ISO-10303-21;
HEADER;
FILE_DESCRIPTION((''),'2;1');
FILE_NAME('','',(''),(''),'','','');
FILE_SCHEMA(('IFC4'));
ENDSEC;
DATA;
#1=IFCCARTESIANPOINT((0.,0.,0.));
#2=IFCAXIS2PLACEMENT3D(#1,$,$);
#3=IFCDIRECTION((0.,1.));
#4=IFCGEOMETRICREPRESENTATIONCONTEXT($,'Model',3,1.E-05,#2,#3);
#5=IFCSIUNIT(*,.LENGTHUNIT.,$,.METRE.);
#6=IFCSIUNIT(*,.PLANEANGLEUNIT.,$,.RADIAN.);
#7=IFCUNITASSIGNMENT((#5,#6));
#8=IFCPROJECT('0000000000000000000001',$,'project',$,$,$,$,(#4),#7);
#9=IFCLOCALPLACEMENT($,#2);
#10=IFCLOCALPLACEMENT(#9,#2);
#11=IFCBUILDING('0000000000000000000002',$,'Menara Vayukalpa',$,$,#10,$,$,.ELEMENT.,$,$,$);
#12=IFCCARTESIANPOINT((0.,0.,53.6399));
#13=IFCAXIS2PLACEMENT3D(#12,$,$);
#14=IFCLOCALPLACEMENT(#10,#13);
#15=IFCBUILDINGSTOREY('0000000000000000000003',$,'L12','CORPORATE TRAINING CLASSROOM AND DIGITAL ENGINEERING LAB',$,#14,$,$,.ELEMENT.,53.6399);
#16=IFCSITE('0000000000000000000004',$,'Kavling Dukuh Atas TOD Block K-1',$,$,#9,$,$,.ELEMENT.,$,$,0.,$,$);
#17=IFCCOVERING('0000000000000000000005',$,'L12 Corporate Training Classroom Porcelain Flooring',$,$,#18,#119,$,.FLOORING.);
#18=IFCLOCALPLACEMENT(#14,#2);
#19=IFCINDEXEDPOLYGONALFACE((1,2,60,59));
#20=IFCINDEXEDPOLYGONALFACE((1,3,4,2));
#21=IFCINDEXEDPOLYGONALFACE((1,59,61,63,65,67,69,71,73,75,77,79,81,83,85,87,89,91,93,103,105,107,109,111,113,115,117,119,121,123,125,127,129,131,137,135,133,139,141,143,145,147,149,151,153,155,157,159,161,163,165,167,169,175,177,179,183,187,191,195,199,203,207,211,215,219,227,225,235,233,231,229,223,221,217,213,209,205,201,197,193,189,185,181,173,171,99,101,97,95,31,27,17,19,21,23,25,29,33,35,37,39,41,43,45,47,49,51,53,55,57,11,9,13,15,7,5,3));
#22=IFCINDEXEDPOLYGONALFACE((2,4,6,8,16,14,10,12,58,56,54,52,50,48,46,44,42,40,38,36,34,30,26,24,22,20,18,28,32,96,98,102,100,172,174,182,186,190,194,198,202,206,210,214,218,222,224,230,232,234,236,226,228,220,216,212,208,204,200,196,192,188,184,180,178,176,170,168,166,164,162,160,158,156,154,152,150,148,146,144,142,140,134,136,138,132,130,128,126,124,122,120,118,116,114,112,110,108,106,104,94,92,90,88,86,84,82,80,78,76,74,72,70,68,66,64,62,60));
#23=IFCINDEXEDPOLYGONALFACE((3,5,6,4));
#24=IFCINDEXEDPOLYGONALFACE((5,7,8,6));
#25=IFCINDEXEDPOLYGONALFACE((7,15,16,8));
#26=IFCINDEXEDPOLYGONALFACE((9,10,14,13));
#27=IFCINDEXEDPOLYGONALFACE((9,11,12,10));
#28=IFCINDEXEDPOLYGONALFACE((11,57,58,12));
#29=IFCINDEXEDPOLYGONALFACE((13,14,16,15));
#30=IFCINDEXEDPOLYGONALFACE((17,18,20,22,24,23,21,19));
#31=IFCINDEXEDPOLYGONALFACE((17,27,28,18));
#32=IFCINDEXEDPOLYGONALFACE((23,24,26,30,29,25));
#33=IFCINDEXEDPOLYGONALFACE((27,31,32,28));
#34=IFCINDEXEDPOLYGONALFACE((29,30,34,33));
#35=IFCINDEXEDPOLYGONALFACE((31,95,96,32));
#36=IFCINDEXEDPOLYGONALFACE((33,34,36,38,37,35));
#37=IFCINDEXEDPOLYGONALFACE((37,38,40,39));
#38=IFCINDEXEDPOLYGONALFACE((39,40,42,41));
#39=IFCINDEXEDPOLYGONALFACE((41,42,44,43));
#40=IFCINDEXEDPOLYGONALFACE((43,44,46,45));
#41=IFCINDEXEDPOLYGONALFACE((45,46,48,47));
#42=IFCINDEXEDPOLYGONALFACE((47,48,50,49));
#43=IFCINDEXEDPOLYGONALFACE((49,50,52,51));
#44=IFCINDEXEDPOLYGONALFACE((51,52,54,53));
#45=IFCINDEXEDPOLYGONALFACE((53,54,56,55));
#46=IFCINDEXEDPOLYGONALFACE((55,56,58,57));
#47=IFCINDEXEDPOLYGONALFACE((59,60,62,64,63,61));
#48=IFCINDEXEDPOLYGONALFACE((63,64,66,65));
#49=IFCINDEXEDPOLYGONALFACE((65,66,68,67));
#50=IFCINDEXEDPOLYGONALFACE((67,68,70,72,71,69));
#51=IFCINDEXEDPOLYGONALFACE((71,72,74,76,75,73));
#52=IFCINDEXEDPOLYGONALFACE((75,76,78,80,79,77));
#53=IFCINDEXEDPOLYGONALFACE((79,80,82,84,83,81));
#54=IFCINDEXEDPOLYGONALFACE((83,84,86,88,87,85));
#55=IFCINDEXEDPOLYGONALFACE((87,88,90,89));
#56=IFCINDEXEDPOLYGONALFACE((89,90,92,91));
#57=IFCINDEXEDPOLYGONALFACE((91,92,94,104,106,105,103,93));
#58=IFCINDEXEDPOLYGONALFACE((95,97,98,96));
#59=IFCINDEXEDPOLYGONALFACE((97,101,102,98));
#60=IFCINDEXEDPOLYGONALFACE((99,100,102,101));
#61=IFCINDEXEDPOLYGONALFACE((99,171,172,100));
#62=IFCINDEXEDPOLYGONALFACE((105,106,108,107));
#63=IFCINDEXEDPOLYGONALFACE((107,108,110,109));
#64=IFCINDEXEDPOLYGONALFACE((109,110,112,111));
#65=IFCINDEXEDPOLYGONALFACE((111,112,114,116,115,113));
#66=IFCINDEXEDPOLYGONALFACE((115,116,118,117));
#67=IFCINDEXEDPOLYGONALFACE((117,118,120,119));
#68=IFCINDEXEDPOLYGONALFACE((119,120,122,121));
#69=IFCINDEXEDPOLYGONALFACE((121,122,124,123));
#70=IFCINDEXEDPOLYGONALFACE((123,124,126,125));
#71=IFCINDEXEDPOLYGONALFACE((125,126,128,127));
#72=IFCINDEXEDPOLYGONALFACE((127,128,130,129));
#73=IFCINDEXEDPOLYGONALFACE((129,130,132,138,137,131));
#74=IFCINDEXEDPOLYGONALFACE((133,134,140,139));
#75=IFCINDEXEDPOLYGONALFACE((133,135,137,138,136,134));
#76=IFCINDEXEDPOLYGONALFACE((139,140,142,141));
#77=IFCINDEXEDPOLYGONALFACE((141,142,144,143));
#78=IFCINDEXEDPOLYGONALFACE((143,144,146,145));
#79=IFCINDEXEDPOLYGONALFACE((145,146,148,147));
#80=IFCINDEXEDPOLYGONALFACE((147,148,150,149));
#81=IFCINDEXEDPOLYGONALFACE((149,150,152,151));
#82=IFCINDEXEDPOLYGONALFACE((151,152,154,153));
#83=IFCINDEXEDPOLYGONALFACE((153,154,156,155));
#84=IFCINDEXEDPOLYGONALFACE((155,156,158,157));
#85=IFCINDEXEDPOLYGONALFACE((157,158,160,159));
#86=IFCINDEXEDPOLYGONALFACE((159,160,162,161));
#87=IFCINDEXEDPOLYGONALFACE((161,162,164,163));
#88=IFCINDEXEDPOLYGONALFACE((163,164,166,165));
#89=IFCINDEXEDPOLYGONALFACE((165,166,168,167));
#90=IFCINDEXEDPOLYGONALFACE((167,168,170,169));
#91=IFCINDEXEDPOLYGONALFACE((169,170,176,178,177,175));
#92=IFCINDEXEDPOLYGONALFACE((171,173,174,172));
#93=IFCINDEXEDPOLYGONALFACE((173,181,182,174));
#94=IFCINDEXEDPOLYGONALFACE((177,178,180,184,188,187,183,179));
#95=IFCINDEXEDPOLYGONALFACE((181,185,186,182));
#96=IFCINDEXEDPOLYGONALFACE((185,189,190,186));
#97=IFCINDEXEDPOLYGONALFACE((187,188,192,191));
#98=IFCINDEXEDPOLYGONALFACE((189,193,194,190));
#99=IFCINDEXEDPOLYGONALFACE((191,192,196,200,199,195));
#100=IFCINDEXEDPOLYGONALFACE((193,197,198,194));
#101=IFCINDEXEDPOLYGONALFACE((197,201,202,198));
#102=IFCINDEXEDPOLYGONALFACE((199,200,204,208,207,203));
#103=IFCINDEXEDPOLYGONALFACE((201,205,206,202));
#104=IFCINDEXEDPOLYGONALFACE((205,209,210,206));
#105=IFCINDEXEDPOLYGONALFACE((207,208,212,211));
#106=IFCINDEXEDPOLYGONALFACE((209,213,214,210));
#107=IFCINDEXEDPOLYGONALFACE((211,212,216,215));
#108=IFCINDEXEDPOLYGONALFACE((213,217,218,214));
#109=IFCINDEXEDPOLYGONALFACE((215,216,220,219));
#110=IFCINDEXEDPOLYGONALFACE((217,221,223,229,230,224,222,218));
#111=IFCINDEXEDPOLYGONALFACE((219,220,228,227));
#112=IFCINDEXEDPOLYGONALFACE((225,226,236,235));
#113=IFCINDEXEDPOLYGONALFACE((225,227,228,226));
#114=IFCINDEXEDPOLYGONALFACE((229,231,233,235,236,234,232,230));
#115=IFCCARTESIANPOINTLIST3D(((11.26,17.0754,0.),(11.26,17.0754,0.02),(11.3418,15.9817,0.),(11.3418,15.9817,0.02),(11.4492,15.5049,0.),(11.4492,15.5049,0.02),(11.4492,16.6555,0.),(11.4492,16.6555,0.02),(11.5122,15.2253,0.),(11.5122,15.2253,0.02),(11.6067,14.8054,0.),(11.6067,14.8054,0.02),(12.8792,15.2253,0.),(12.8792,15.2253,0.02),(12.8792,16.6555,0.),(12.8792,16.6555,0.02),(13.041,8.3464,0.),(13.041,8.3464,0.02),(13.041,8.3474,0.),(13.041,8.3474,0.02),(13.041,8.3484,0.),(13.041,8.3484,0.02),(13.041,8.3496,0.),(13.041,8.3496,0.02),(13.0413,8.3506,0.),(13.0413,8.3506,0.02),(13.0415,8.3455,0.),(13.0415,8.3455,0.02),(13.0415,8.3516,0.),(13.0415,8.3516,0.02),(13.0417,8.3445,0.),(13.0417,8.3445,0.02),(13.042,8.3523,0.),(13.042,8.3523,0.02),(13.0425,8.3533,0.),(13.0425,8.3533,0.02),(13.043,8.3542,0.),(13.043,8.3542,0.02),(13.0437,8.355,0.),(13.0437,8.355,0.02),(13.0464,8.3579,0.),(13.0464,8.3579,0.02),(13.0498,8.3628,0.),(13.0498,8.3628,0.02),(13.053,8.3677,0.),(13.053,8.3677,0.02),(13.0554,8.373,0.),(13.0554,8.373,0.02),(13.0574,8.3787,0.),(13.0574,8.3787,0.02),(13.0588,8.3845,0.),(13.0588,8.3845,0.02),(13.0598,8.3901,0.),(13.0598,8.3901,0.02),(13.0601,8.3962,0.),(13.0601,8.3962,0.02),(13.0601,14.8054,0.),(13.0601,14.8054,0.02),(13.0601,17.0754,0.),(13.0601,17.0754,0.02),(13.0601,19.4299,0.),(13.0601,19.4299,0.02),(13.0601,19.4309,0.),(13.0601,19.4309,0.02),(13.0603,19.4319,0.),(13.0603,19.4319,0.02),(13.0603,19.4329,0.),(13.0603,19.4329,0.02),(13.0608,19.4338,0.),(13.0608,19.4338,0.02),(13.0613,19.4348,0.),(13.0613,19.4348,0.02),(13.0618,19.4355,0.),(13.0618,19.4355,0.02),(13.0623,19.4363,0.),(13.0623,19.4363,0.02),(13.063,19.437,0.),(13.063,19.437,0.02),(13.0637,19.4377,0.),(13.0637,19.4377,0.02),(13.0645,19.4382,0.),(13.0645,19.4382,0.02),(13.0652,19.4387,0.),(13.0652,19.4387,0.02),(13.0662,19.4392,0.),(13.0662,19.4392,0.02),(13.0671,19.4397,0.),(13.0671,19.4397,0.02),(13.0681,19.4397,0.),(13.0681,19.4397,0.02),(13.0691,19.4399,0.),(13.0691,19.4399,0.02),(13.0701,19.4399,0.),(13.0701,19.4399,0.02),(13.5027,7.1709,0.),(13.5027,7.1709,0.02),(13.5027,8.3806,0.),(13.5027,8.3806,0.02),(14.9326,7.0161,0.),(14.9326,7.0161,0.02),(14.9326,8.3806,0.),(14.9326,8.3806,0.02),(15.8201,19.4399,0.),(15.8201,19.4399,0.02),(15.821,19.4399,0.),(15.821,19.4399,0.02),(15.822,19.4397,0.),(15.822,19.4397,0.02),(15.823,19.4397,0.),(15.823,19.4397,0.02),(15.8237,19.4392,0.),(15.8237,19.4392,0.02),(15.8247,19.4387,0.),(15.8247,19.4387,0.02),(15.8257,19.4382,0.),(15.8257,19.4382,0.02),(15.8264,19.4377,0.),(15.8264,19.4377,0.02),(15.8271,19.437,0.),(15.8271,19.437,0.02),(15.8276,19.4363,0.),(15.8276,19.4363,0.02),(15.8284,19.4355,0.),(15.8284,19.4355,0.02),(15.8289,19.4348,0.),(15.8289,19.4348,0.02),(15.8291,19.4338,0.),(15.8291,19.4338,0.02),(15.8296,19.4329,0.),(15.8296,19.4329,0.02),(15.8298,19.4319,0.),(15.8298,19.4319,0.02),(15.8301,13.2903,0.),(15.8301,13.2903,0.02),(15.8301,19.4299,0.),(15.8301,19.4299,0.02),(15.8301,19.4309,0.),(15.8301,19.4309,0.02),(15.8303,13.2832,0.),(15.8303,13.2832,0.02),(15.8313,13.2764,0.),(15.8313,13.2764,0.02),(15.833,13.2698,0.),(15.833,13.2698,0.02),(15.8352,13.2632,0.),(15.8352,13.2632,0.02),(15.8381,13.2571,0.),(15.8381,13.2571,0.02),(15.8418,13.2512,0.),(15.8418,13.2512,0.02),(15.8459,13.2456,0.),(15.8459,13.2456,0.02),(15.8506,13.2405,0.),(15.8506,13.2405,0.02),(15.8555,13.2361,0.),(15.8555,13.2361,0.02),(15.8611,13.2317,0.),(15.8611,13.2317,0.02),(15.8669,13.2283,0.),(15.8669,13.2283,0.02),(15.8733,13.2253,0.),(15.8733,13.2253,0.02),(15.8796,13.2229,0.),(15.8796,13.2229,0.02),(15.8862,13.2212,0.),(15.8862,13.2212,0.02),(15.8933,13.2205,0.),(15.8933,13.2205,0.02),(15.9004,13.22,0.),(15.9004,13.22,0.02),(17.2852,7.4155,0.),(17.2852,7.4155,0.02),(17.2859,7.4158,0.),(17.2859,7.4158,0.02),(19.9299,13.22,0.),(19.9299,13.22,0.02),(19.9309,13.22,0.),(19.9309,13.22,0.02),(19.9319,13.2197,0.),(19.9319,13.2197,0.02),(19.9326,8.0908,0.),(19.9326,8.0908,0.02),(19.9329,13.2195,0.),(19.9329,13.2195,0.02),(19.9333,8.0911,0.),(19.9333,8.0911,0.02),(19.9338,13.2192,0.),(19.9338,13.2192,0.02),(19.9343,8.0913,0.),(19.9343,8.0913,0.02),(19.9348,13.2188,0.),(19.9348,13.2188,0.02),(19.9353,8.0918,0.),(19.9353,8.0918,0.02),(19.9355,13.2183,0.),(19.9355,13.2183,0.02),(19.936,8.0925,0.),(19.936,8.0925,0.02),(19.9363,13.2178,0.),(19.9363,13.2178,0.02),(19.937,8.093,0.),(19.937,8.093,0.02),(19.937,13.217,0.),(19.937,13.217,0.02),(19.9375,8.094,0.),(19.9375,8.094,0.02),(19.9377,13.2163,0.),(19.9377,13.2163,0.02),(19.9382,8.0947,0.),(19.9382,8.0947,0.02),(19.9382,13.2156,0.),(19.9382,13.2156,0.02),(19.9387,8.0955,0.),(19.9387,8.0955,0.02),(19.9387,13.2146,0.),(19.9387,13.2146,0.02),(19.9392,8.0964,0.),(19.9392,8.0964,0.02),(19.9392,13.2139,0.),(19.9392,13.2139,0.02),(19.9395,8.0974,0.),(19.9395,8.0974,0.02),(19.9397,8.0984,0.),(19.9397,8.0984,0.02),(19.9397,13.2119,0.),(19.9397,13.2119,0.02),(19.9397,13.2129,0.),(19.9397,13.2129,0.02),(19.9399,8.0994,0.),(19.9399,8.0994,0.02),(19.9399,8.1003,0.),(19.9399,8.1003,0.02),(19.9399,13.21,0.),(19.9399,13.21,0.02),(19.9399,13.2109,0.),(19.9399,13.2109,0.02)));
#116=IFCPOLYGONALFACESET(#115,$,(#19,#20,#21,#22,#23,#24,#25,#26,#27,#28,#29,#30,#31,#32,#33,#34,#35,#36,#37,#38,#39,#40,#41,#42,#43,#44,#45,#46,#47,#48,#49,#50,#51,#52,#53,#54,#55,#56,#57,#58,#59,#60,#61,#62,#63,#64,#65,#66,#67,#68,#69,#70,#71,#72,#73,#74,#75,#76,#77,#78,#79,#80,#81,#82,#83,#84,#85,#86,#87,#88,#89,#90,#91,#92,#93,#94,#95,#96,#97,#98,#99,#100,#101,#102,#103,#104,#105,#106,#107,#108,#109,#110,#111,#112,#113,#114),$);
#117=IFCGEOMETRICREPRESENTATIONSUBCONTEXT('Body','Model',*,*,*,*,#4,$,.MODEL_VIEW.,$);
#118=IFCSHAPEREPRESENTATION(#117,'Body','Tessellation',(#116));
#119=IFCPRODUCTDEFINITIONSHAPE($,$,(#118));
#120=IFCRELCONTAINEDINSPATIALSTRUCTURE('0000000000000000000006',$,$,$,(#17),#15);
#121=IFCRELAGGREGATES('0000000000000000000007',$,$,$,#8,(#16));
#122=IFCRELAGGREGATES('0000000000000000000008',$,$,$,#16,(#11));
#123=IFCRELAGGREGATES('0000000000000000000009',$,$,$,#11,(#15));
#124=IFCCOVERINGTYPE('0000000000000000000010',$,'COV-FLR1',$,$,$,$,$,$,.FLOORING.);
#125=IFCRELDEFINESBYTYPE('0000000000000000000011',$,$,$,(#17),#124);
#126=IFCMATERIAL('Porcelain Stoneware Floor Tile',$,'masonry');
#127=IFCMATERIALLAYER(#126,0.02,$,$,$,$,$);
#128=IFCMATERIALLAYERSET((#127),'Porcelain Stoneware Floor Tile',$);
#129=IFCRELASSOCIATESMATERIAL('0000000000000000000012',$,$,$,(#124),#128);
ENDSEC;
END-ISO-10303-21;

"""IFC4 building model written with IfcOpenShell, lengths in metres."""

from ifc_helpers import new_model, si_unit, direction, frame, origin, place, context, subcontext, project, spatial, polyline, outline, extrude, material, layer, layer_set, type_object, element, save


model = new_model("IFC4")

# Units and contexts
model_context = context("Model", 3, precision=1e-05, world=origin(), true_north=direction((0.0, 1.0)))
body_context = subcontext(model_context, "Body", "Model", "MODEL_VIEW")
ifc_project = project(units=[si_unit("LENGTHUNIT", "METRE"), si_unit("PLANEANGLEUNIT", "RADIAN")], contexts=[model_context])

# Site, building, storey
site_placement = place(None, origin())
site = spatial("IfcSite", under=ifc_project, at=site_placement, Name="Kavling Dukuh Atas TOD Block K-1", CompositionType="ELEMENT", RefElevation=0.0)
building_placement = place(site_placement, origin())
building = spatial("IfcBuilding", under=site, at=building_placement, Name="Menara Vayukalpa", CompositionType="ELEMENT")
storey_placement = place(building_placement, frame((0.0, 0.0, 53.6399)))
storey = spatial("IfcBuildingStorey", under=building, at=storey_placement, Name="L12", Description="CORPORATE TRAINING CLASSROOM AND DIGITAL ENGINEERING LAB", CompositionType="ELEMENT", Elevation=53.6399)

# Covering
ifc_material_1 = material(Name="Porcelain Stoneware Floor Tile", Category="masonry")
ifc_layer_1 = layer(ifc_material_1, 0.02)
ifc_layer_set_1 = layer_set([ifc_layer_1], Name="Porcelain Stoneware Floor Tile")
covering_type_1 = type_object("IfcCoveringType", Name="COV-FLR1", PredefinedType="FLOORING", material=ifc_layer_set_1)
covering_1_placement = place(storey_placement, origin())
element("IfcCovering", 1, at=covering_1_placement, inside=storey, type_object=covering_type_1, Name="L12 Corporate Training Classroom Porcelain Flooring", PredefinedType="FLOORING", context=body_context, shape_type="SweptSolid", body=[
    extrude(outline(polyline([(13.0417, 8.3445), (13.0415, 8.3455), (13.041, 8.3464), (13.041, 8.3474), (13.041, 8.3484), (13.041, 8.3496), (13.0413, 8.3506), (13.0415, 8.3516), (13.042, 8.3523), (13.0425, 8.3533), (13.043, 8.3542), (13.0437, 8.355), (13.0464, 8.3579), (13.0498, 8.3628), (13.053, 8.3677), (13.0554, 8.373), (13.0574, 8.3787), (13.0588, 8.3845), (13.0598, 8.3901), (13.0601, 8.3962), (13.0601, 14.8054), (11.6067, 14.8054), (11.5122, 15.2253), (12.8792, 15.2253), (12.8792, 16.6555), (11.4492, 16.6555), (11.4492, 15.5049), (11.3418, 15.9817), (11.26, 17.0754), (13.0601, 17.0754), (13.0601, 19.4299), (13.0601, 19.4309), (13.0603, 19.4319), (13.0603, 19.4329), (13.0608, 19.4338), (13.0613, 19.4348), (13.0618, 19.4355), (13.0623, 19.4363), (13.063, 19.437), (13.0637, 19.4377), (13.0645, 19.4382), (13.0652, 19.4387), (13.0662, 19.4392), (13.0671, 19.4397), (13.0681, 19.4397), (13.0691, 19.4399), (13.0701, 19.4399), (15.8201, 19.4399), (15.821, 19.4399), (15.822, 19.4397), (15.823, 19.4397), (15.8237, 19.4392), (15.8247, 19.4387), (15.8257, 19.4382), (15.8264, 19.4377), (15.8271, 19.437), (15.8276, 19.4363), (15.8284, 19.4355), (15.8289, 19.4348), (15.8291, 19.4338), (15.8296, 19.4329), (15.8298, 19.4319), (15.8301, 19.4309), (15.8301, 19.4299), (15.8301, 13.2903), (15.8303, 13.2832), (15.8313, 13.2764), (15.833, 13.2698), (15.8352, 13.2632), (15.8381, 13.2571), (15.8418, 13.2512), (15.8459, 13.2456), (15.8506, 13.2405), (15.8555, 13.2361), (15.8611, 13.2317), (15.8669, 13.2283), (15.8733, 13.2253), (15.8796, 13.2229), (15.8862, 13.2212), (15.8933, 13.2205), (15.9004, 13.22), (19.9299, 13.22), (19.9309, 13.22), (19.9319, 13.2197), (19.9329, 13.2195), (19.9338, 13.2192), (19.9348, 13.2188), (19.9355, 13.2183), (19.9363, 13.2178), (19.937, 13.217), (19.9377, 13.2163), (19.9382, 13.2156), (19.9387, 13.2146), (19.9392, 13.2139), (19.9397, 13.2129), (19.9397, 13.2119), (19.9399, 13.2109), (19.9399, 13.21), (19.9399, 8.1003), (19.9399, 8.0994), (19.9397, 8.0984), (19.9395, 8.0974), (19.9392, 8.0964), (19.9387, 8.0955), (19.9382, 8.0947), (19.9375, 8.094), (19.937, 8.093), (19.936, 8.0925), (19.9353, 8.0918), (19.9343, 8.0913), (19.9333, 8.0911), (19.9326, 8.0908), (17.2859, 7.4158), (17.2852, 7.4155), (14.9326, 7.0161), (14.9326, 8.3806), (13.5027, 8.3806), (13.5027, 7.1709), (13.0417, 8.3445)])), origin(), (0.0, 0.0, 1.0), 0.02),
])

save(model, "model.ifc")
